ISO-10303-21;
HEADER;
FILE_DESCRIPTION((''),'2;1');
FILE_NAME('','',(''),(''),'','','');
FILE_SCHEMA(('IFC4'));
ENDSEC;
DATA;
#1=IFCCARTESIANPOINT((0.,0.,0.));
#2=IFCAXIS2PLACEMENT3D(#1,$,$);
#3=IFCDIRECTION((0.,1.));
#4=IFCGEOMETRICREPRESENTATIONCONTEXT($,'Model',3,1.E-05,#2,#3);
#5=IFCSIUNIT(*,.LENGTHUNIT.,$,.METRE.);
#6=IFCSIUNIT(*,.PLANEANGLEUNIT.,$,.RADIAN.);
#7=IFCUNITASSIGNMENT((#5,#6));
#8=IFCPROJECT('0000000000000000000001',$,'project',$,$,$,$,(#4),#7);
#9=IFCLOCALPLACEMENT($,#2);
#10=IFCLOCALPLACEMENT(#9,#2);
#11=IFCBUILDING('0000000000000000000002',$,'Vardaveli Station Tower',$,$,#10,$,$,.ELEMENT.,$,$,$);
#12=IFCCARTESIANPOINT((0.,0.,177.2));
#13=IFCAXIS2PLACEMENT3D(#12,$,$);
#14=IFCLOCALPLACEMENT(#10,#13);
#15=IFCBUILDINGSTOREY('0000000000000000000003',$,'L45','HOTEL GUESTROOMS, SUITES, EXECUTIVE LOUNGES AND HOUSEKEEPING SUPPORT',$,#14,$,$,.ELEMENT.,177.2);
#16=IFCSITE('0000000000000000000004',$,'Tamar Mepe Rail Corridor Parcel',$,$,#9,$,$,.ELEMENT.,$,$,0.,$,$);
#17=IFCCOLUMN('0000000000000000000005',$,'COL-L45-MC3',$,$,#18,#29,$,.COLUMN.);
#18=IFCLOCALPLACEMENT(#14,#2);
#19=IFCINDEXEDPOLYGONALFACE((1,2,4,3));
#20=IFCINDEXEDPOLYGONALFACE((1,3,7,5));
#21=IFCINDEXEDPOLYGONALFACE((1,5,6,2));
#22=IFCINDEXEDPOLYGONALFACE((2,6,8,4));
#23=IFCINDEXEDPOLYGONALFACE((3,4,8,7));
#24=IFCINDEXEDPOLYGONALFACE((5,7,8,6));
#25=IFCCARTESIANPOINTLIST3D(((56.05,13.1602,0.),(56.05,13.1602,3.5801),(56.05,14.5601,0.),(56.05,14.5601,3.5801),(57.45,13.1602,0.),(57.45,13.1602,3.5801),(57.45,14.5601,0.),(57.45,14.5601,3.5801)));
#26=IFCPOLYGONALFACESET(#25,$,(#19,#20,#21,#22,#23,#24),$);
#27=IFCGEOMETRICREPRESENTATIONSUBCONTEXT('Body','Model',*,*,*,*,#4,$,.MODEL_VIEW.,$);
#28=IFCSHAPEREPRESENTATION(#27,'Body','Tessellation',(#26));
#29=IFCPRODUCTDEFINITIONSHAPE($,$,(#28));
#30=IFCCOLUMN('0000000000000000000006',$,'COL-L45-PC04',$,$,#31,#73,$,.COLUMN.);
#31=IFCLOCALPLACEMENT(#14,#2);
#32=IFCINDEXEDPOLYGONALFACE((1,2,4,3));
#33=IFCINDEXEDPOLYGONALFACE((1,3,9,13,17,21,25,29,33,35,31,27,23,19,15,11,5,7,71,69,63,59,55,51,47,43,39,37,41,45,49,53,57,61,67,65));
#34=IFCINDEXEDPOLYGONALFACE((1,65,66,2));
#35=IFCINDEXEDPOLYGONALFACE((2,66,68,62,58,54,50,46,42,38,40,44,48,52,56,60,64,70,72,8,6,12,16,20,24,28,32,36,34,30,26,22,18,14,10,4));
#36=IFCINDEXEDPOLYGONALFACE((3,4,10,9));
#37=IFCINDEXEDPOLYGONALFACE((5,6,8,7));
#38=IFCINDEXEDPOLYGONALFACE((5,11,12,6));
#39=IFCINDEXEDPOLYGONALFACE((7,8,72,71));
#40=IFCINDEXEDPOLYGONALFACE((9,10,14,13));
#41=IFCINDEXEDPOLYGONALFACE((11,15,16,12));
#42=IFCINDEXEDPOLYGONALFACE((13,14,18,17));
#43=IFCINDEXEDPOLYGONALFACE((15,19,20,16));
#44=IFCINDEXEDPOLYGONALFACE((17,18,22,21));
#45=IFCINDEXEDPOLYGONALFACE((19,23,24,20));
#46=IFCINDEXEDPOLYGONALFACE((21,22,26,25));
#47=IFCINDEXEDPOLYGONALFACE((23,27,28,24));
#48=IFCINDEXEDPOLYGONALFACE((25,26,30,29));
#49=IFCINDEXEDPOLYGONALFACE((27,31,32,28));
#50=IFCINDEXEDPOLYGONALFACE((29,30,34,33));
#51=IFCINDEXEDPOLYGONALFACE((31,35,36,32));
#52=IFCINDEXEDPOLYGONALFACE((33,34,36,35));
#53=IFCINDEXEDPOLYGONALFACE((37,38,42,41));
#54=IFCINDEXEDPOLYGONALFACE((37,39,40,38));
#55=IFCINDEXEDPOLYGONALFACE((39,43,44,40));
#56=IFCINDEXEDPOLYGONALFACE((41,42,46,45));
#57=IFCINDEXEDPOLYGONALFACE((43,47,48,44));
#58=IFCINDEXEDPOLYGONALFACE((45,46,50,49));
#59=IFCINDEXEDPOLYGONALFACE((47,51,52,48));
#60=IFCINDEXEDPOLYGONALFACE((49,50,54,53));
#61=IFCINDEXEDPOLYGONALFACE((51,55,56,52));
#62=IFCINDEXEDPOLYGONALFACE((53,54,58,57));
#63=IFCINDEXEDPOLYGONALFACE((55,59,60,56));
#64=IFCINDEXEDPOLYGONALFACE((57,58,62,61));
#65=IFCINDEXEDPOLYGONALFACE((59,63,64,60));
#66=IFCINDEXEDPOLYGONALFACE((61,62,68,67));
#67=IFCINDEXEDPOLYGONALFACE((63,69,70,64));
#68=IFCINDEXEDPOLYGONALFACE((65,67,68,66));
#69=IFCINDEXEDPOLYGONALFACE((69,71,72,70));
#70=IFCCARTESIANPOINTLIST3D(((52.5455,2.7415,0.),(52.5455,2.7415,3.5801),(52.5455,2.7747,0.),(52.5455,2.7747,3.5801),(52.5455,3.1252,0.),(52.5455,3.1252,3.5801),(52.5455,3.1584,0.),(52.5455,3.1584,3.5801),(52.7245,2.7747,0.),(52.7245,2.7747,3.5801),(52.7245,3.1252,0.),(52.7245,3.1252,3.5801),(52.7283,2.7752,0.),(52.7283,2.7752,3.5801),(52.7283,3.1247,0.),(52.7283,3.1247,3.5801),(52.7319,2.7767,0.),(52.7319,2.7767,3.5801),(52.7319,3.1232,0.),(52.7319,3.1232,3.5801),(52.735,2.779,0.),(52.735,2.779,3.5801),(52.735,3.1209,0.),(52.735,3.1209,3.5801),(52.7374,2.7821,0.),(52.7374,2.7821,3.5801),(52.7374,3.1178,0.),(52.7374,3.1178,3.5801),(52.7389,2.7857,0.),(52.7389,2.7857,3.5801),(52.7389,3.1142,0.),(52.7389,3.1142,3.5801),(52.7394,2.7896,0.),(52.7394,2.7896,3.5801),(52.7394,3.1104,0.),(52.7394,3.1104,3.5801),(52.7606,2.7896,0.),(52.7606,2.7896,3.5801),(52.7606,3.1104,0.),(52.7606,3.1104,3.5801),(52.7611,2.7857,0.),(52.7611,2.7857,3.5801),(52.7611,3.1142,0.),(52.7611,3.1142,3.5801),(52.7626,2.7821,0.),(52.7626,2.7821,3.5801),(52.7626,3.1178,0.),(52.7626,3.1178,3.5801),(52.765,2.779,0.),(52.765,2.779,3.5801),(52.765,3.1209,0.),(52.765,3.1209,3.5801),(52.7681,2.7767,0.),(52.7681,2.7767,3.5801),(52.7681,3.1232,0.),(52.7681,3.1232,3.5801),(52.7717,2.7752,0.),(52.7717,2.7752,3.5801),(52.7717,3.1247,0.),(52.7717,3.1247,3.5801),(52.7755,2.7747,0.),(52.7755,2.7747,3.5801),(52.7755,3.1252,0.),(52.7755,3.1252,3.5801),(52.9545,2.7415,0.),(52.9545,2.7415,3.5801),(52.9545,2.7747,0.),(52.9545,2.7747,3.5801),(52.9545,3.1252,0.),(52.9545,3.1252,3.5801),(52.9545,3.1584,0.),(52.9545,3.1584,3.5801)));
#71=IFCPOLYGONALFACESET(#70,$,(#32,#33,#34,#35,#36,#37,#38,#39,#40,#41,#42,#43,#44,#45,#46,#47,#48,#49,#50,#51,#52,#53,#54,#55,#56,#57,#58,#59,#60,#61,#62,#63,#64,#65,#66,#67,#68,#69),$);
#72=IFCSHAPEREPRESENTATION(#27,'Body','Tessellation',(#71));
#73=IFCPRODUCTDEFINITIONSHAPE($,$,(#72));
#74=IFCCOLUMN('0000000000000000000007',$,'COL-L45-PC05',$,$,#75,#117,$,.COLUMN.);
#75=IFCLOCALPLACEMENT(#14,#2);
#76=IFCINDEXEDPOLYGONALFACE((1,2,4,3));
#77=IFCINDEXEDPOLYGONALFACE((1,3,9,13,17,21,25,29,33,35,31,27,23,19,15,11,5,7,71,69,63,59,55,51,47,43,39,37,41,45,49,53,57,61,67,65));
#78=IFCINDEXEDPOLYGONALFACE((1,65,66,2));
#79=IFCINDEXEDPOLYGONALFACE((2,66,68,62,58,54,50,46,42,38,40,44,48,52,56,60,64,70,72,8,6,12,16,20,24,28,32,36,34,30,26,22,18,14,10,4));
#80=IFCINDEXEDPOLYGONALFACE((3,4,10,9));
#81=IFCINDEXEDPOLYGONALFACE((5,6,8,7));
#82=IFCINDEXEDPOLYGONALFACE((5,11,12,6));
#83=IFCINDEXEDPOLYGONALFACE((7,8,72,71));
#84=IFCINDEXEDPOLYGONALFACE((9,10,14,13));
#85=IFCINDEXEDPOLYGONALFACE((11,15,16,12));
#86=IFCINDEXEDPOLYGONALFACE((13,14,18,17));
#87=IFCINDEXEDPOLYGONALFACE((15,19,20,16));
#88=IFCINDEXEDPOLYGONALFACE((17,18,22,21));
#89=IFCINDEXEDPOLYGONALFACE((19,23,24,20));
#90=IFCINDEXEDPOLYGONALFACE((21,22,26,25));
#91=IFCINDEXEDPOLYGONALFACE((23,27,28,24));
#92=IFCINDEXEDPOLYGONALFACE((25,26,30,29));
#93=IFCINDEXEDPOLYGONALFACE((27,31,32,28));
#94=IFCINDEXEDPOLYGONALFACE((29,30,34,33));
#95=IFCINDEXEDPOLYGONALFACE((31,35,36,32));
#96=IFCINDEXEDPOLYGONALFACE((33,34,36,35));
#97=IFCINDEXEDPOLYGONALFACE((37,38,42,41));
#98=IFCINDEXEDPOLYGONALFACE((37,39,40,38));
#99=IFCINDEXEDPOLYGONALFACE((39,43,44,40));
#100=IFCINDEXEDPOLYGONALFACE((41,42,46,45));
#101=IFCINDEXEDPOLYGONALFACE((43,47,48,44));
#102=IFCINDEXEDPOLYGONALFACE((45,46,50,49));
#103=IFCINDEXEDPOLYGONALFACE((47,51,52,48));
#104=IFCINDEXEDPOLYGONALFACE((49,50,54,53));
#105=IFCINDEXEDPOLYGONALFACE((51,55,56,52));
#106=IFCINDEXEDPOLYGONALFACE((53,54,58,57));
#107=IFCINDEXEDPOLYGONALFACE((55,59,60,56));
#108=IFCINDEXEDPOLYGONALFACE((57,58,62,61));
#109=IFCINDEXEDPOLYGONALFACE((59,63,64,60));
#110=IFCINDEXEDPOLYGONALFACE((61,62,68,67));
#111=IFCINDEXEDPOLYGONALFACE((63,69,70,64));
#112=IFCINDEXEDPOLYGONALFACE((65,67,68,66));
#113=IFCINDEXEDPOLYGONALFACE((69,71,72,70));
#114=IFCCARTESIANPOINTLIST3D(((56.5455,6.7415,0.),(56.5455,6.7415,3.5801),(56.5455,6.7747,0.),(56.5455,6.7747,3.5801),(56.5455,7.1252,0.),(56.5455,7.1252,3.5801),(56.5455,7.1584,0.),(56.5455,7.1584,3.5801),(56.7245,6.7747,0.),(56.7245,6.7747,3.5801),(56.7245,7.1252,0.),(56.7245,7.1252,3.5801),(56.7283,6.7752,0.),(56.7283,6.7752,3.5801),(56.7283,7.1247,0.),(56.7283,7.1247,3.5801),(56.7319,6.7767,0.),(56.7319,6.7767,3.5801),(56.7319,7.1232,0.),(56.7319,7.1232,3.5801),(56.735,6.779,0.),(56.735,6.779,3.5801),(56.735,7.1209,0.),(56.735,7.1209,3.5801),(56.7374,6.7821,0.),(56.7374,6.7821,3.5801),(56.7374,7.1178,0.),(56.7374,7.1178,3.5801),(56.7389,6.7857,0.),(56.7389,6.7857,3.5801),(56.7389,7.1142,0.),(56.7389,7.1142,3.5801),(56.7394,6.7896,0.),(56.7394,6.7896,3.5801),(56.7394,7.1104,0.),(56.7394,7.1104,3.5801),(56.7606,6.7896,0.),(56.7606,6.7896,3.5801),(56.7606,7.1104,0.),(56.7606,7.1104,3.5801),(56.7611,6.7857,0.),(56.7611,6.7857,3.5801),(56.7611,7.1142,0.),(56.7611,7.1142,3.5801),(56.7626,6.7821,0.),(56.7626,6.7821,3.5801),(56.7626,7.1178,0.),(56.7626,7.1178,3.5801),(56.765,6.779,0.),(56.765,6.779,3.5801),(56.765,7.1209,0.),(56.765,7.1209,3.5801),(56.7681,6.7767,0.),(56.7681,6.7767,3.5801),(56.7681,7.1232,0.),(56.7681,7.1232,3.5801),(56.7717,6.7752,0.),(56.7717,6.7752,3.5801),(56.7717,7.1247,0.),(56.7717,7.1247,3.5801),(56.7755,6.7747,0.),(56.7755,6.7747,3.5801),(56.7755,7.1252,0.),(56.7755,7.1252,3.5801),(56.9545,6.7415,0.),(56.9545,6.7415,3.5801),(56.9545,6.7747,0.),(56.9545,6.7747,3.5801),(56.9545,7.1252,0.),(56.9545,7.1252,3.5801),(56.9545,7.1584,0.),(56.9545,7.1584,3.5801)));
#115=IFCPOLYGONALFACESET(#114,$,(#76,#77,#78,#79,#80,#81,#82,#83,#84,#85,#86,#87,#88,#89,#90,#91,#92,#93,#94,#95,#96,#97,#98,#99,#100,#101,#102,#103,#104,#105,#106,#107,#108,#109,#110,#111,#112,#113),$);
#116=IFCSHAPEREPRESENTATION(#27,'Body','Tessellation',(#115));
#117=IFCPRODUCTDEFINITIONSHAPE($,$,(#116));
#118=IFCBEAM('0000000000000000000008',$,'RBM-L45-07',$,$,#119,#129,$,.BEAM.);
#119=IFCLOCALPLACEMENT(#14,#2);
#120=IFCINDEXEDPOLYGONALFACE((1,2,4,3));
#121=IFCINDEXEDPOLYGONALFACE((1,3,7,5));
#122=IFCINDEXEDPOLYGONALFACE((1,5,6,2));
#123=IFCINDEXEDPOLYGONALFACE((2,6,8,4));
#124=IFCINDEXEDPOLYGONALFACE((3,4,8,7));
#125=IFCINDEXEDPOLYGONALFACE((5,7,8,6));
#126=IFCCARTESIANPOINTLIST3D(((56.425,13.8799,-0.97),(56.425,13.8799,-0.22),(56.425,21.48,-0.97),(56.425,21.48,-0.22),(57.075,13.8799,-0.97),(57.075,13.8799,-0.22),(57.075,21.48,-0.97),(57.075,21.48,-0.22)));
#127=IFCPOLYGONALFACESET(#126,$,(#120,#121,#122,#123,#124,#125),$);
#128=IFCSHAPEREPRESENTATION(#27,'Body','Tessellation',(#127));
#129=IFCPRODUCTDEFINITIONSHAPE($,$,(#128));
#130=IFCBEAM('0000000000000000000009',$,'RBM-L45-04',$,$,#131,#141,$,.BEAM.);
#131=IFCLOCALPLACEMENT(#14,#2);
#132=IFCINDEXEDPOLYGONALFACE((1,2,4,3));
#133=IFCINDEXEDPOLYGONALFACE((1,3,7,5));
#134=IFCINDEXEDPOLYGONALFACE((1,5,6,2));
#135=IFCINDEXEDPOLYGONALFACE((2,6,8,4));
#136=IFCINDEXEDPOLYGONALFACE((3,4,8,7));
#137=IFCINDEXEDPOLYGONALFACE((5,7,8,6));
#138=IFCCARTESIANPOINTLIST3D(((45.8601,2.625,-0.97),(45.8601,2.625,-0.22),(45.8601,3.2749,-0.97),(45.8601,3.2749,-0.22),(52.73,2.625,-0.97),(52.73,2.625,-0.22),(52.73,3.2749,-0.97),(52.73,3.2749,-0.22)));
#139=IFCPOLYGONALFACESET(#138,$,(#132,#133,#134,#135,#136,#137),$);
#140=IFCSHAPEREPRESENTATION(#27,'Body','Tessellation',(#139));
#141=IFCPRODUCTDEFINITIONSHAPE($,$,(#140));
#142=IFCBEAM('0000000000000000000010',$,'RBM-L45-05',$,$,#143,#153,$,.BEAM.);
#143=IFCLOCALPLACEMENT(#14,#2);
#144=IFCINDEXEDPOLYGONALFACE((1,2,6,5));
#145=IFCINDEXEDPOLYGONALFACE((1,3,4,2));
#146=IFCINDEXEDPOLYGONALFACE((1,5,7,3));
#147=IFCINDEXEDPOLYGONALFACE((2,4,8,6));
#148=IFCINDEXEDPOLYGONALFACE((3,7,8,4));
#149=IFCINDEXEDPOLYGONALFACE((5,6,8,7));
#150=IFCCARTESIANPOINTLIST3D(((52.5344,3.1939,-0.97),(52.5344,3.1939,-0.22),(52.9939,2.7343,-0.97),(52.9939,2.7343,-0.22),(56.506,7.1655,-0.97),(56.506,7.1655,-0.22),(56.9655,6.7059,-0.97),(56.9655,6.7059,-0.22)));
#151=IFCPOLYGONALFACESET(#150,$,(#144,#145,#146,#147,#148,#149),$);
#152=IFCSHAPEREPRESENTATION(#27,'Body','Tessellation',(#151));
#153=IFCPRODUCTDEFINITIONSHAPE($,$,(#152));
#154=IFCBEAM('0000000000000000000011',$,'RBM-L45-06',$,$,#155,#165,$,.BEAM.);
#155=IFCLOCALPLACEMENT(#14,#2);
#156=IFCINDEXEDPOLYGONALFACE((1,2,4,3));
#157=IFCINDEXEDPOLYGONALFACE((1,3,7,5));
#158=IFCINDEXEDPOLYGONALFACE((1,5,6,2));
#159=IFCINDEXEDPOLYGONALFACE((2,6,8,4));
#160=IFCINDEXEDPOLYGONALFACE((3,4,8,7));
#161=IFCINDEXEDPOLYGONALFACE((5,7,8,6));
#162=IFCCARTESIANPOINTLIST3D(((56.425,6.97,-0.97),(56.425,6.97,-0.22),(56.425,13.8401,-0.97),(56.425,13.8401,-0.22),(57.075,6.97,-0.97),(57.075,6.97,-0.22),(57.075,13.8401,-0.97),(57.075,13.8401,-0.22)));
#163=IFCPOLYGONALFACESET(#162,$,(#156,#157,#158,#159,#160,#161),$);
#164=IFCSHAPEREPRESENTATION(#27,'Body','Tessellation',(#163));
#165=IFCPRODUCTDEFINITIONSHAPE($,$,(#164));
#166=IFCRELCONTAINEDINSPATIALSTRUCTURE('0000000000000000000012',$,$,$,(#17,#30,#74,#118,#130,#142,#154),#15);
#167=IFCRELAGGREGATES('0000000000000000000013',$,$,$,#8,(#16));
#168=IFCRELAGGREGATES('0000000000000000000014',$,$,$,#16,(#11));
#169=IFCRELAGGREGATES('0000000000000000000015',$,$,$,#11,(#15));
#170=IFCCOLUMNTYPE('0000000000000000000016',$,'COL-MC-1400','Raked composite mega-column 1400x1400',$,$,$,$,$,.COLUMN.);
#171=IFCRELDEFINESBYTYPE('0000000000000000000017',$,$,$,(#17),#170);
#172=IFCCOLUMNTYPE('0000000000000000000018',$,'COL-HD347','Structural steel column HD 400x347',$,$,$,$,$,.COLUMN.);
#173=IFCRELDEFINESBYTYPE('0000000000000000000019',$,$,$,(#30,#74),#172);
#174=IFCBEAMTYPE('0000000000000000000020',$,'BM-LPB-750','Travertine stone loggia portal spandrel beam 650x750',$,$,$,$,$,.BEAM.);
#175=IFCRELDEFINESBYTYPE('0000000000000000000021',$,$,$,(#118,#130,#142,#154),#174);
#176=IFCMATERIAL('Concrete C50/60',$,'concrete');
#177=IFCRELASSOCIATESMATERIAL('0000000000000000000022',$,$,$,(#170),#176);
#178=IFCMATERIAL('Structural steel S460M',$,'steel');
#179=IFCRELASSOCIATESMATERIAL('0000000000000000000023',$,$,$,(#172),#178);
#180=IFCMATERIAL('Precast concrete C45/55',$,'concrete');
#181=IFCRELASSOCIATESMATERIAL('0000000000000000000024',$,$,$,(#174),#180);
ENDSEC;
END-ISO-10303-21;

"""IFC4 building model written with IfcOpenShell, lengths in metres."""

from ifc_helpers import new_model, si_unit, direction, frame, origin, origin_2d, place, context, subcontext, project, spatial, rectangle, i_section, extrude, source, transform, mapped, material, material_profile, profile_set, type_object, element, save


model = new_model("IFC4")

# Units and contexts
model_context = context("Model", 3, precision=1e-05, world=origin(), true_north=direction((0.0, 1.0)))
body_context = subcontext(model_context, "Body", "Model", "MODEL_VIEW")
ifc_project = project(units=[si_unit("LENGTHUNIT", "METRE"), si_unit("PLANEANGLEUNIT", "RADIAN")], contexts=[model_context])

# Site, building, storey
site_placement = place(None, origin())
site = spatial("IfcSite", under=ifc_project, at=site_placement, Name="Tamar Mepe Rail Corridor Parcel", CompositionType="ELEMENT", RefElevation=0.0)
building_placement = place(site_placement, origin())
building = spatial("IfcBuilding", under=site, at=building_placement, Name="Vardaveli Station Tower", CompositionType="ELEMENT")
storey_placement = place(building_placement, frame((0.0, 0.0, 177.2)))
storey = spatial("IfcBuildingStorey", under=building, at=storey_placement, Name="L45", Description="HOTEL GUESTROOMS, SUITES, EXECUTIVE LOUNGES AND HOUSEKEEPING SUPPORT", CompositionType="ELEMENT", Elevation=177.2)

# Columns
ifc_material_1 = material(Name="Concrete C50/60", Category="concrete")
ifc_material_profile_1 = material_profile(ifc_material_1, rectangle(XDim=1.3999, YDim=1.3999, at=origin_2d()), Name="MC 1400x1400")
ifc_profile_set_1 = profile_set([ifc_material_profile_1], Name="Concrete C50/60")
column_type_1 = type_object("IfcColumnType", Name="COL-MC-1400", Description="Raked composite mega-column 1400x1400", PredefinedType="COLUMN", material=ifc_profile_set_1)
shared_shape_1 = source(origin(), body_context, "Body", "SweptSolid", [
    extrude(rectangle(XDim=1.3999, YDim=1.3999, at=origin_2d()), origin(), (0.0, 0.0, 1.0), 3.5801),
])
column_placement = place(storey_placement, frame((56.75, 13.8601, 0.0), z_axis=(0.0, 0.0, 1.0), x_axis=(1.0, 0.0, 0.0)))
element("IfcColumn", 1, at=column_placement, inside=storey, type_object=column_type_1, Name="COL-L45-MC3", PredefinedType="COLUMN", context=body_context, shape_type="MappedRepresentation", body=[
    mapped(shared_shape_1, transform((0.0, 0.0, 0.0), scale=1.0)),
])
ifc_material_2 = material(Name="Structural steel S460M", Category="steel")
ifc_material_profile_2 = material_profile(ifc_material_2, i_section(OverallWidth=0.4089, OverallDepth=0.417, WebThickness=0.0212, FlangeThickness=0.0332, FilletRadius=0.0149, at=origin_2d()), Name="HD 400x347")
ifc_profile_set_2 = profile_set([ifc_material_profile_2], Name="Structural steel S460M")
column_type_2 = type_object("IfcColumnType", Name="COL-HD347", Description="Structural steel column HD 400x347", PredefinedType="COLUMN", material=ifc_profile_set_2)
shared_shape_2 = source(origin(), body_context, "Body", "SweptSolid", [
    extrude(i_section(OverallWidth=0.4089, OverallDepth=0.417, WebThickness=0.0212, FlangeThickness=0.0332, FilletRadius=0.0149, at=origin_2d()), origin(), (0.0, 0.0, 1.0), 3.5801),
])
for number, where, z_axis, x_axis, name in (
    (2, (52.75, 2.95, 0.0), (0.0, 0.0, 1.0), (1.0, 0.0, 0.0), "COL-L45-PC04"),
    (3, (56.75, 6.95, 0.0), (0.0, 0.0, 1.0), (1.0, 0.0, 0.0), "COL-L45-PC05"),
):
    element("IfcColumn", number, at=place(storey_placement, frame(where, z_axis=z_axis, x_axis=x_axis)), inside=storey, type_object=column_type_2, Name=name, PredefinedType="COLUMN", context=body_context, shape_type="MappedRepresentation", body=[
        mapped(shared_shape_2, transform((0.0, 0.0, 0.0), scale=1.0)),
    ])

# Beams
ifc_material_3 = material(Name="Precast concrete C45/55", Category="concrete")
ifc_material_profile_3 = material_profile(ifc_material_3, rectangle(XDim=0.6499, YDim=0.75, at=origin_2d()), Name="LPB 650x750")
ifc_profile_set_3 = profile_set([ifc_material_profile_3], Name="Precast concrete C45/55")
beam_type_1 = type_object("IfcBeamType", Name="BM-LPB-750", Description="Travertine stone loggia portal spandrel beam 650x750", PredefinedType="BEAM", material=ifc_profile_set_3)
shared_shape_3 = source(origin(), body_context, "Body", "SweptSolid", [
    extrude(rectangle(XDim=0.6499, YDim=0.75, at=origin_2d()), origin(), (0.0, 0.0, 1.0), 7.6001),
])
beam_1_placement = place(storey_placement, frame((56.75, 13.8799, -0.595), z_axis=(0.0, 1.0, 0.0), x_axis=(-1.0, 0.0, 0.0)))
element("IfcBeam", 4, at=beam_1_placement, inside=storey, type_object=beam_type_1, Name="RBM-L45-07", PredefinedType="BEAM", context=body_context, shape_type="MappedRepresentation", body=[
    mapped(shared_shape_3, transform((0.0, 0.0, 0.0), scale=1.0)),
])
shared_shape_4 = source(origin(), body_context, "Body", "SweptSolid", [
    extrude(rectangle(XDim=0.6499, YDim=0.75, at=origin_2d()), origin(), (0.0, 0.0, 1.0), 6.8699),
])
beam_2_placement = place(storey_placement, frame((45.8601, 2.95, -0.595), z_axis=(1.0, 0.0, 0.0), x_axis=(0.0, 1.0, 0.0)))
element("IfcBeam", 5, at=beam_2_placement, inside=storey, type_object=beam_type_1, Name="RBM-L45-04", PredefinedType="BEAM", context=body_context, shape_type="MappedRepresentation", body=[
    mapped(shared_shape_4, transform((0.0, 0.0, 0.0), scale=1.0)),
])
shared_shape_5 = source(origin(), body_context, "Body", "SweptSolid", [
    extrude(rectangle(XDim=0.6499, YDim=0.75, at=origin_2d()), origin(), (0.0, 0.0, 1.0), 5.6167),
])
beam_3_placement = place(storey_placement, frame((52.7642, 2.9641, -0.595), z_axis=(0.707107, 0.707107, 0.0), x_axis=(-0.707107, 0.707107, 0.0)))
element("IfcBeam", 6, at=beam_3_placement, inside=storey, type_object=beam_type_1, Name="RBM-L45-05", PredefinedType="BEAM", context=body_context, shape_type="MappedRepresentation", body=[
    mapped(shared_shape_5, transform((0.0, 0.0, 0.0), scale=1.0)),
])
shared_shape_6 = source(origin(), body_context, "Body", "SweptSolid", [
    extrude(rectangle(XDim=0.6499, YDim=0.75, at=origin_2d()), origin(), (0.0, 0.0, 1.0), 6.8701),
])
beam_4_placement = place(storey_placement, frame((56.75, 6.97, -0.595), z_axis=(0.0, 1.0, 0.0), x_axis=(-1.0, 0.0, 0.0)))
element("IfcBeam", 7, at=beam_4_placement, inside=storey, type_object=beam_type_1, Name="RBM-L45-06", PredefinedType="BEAM", context=body_context, shape_type="MappedRepresentation", body=[
    mapped(shared_shape_6, transform((0.0, 0.0, 0.0), scale=1.0)),
])

save(model, "model.ifc")
